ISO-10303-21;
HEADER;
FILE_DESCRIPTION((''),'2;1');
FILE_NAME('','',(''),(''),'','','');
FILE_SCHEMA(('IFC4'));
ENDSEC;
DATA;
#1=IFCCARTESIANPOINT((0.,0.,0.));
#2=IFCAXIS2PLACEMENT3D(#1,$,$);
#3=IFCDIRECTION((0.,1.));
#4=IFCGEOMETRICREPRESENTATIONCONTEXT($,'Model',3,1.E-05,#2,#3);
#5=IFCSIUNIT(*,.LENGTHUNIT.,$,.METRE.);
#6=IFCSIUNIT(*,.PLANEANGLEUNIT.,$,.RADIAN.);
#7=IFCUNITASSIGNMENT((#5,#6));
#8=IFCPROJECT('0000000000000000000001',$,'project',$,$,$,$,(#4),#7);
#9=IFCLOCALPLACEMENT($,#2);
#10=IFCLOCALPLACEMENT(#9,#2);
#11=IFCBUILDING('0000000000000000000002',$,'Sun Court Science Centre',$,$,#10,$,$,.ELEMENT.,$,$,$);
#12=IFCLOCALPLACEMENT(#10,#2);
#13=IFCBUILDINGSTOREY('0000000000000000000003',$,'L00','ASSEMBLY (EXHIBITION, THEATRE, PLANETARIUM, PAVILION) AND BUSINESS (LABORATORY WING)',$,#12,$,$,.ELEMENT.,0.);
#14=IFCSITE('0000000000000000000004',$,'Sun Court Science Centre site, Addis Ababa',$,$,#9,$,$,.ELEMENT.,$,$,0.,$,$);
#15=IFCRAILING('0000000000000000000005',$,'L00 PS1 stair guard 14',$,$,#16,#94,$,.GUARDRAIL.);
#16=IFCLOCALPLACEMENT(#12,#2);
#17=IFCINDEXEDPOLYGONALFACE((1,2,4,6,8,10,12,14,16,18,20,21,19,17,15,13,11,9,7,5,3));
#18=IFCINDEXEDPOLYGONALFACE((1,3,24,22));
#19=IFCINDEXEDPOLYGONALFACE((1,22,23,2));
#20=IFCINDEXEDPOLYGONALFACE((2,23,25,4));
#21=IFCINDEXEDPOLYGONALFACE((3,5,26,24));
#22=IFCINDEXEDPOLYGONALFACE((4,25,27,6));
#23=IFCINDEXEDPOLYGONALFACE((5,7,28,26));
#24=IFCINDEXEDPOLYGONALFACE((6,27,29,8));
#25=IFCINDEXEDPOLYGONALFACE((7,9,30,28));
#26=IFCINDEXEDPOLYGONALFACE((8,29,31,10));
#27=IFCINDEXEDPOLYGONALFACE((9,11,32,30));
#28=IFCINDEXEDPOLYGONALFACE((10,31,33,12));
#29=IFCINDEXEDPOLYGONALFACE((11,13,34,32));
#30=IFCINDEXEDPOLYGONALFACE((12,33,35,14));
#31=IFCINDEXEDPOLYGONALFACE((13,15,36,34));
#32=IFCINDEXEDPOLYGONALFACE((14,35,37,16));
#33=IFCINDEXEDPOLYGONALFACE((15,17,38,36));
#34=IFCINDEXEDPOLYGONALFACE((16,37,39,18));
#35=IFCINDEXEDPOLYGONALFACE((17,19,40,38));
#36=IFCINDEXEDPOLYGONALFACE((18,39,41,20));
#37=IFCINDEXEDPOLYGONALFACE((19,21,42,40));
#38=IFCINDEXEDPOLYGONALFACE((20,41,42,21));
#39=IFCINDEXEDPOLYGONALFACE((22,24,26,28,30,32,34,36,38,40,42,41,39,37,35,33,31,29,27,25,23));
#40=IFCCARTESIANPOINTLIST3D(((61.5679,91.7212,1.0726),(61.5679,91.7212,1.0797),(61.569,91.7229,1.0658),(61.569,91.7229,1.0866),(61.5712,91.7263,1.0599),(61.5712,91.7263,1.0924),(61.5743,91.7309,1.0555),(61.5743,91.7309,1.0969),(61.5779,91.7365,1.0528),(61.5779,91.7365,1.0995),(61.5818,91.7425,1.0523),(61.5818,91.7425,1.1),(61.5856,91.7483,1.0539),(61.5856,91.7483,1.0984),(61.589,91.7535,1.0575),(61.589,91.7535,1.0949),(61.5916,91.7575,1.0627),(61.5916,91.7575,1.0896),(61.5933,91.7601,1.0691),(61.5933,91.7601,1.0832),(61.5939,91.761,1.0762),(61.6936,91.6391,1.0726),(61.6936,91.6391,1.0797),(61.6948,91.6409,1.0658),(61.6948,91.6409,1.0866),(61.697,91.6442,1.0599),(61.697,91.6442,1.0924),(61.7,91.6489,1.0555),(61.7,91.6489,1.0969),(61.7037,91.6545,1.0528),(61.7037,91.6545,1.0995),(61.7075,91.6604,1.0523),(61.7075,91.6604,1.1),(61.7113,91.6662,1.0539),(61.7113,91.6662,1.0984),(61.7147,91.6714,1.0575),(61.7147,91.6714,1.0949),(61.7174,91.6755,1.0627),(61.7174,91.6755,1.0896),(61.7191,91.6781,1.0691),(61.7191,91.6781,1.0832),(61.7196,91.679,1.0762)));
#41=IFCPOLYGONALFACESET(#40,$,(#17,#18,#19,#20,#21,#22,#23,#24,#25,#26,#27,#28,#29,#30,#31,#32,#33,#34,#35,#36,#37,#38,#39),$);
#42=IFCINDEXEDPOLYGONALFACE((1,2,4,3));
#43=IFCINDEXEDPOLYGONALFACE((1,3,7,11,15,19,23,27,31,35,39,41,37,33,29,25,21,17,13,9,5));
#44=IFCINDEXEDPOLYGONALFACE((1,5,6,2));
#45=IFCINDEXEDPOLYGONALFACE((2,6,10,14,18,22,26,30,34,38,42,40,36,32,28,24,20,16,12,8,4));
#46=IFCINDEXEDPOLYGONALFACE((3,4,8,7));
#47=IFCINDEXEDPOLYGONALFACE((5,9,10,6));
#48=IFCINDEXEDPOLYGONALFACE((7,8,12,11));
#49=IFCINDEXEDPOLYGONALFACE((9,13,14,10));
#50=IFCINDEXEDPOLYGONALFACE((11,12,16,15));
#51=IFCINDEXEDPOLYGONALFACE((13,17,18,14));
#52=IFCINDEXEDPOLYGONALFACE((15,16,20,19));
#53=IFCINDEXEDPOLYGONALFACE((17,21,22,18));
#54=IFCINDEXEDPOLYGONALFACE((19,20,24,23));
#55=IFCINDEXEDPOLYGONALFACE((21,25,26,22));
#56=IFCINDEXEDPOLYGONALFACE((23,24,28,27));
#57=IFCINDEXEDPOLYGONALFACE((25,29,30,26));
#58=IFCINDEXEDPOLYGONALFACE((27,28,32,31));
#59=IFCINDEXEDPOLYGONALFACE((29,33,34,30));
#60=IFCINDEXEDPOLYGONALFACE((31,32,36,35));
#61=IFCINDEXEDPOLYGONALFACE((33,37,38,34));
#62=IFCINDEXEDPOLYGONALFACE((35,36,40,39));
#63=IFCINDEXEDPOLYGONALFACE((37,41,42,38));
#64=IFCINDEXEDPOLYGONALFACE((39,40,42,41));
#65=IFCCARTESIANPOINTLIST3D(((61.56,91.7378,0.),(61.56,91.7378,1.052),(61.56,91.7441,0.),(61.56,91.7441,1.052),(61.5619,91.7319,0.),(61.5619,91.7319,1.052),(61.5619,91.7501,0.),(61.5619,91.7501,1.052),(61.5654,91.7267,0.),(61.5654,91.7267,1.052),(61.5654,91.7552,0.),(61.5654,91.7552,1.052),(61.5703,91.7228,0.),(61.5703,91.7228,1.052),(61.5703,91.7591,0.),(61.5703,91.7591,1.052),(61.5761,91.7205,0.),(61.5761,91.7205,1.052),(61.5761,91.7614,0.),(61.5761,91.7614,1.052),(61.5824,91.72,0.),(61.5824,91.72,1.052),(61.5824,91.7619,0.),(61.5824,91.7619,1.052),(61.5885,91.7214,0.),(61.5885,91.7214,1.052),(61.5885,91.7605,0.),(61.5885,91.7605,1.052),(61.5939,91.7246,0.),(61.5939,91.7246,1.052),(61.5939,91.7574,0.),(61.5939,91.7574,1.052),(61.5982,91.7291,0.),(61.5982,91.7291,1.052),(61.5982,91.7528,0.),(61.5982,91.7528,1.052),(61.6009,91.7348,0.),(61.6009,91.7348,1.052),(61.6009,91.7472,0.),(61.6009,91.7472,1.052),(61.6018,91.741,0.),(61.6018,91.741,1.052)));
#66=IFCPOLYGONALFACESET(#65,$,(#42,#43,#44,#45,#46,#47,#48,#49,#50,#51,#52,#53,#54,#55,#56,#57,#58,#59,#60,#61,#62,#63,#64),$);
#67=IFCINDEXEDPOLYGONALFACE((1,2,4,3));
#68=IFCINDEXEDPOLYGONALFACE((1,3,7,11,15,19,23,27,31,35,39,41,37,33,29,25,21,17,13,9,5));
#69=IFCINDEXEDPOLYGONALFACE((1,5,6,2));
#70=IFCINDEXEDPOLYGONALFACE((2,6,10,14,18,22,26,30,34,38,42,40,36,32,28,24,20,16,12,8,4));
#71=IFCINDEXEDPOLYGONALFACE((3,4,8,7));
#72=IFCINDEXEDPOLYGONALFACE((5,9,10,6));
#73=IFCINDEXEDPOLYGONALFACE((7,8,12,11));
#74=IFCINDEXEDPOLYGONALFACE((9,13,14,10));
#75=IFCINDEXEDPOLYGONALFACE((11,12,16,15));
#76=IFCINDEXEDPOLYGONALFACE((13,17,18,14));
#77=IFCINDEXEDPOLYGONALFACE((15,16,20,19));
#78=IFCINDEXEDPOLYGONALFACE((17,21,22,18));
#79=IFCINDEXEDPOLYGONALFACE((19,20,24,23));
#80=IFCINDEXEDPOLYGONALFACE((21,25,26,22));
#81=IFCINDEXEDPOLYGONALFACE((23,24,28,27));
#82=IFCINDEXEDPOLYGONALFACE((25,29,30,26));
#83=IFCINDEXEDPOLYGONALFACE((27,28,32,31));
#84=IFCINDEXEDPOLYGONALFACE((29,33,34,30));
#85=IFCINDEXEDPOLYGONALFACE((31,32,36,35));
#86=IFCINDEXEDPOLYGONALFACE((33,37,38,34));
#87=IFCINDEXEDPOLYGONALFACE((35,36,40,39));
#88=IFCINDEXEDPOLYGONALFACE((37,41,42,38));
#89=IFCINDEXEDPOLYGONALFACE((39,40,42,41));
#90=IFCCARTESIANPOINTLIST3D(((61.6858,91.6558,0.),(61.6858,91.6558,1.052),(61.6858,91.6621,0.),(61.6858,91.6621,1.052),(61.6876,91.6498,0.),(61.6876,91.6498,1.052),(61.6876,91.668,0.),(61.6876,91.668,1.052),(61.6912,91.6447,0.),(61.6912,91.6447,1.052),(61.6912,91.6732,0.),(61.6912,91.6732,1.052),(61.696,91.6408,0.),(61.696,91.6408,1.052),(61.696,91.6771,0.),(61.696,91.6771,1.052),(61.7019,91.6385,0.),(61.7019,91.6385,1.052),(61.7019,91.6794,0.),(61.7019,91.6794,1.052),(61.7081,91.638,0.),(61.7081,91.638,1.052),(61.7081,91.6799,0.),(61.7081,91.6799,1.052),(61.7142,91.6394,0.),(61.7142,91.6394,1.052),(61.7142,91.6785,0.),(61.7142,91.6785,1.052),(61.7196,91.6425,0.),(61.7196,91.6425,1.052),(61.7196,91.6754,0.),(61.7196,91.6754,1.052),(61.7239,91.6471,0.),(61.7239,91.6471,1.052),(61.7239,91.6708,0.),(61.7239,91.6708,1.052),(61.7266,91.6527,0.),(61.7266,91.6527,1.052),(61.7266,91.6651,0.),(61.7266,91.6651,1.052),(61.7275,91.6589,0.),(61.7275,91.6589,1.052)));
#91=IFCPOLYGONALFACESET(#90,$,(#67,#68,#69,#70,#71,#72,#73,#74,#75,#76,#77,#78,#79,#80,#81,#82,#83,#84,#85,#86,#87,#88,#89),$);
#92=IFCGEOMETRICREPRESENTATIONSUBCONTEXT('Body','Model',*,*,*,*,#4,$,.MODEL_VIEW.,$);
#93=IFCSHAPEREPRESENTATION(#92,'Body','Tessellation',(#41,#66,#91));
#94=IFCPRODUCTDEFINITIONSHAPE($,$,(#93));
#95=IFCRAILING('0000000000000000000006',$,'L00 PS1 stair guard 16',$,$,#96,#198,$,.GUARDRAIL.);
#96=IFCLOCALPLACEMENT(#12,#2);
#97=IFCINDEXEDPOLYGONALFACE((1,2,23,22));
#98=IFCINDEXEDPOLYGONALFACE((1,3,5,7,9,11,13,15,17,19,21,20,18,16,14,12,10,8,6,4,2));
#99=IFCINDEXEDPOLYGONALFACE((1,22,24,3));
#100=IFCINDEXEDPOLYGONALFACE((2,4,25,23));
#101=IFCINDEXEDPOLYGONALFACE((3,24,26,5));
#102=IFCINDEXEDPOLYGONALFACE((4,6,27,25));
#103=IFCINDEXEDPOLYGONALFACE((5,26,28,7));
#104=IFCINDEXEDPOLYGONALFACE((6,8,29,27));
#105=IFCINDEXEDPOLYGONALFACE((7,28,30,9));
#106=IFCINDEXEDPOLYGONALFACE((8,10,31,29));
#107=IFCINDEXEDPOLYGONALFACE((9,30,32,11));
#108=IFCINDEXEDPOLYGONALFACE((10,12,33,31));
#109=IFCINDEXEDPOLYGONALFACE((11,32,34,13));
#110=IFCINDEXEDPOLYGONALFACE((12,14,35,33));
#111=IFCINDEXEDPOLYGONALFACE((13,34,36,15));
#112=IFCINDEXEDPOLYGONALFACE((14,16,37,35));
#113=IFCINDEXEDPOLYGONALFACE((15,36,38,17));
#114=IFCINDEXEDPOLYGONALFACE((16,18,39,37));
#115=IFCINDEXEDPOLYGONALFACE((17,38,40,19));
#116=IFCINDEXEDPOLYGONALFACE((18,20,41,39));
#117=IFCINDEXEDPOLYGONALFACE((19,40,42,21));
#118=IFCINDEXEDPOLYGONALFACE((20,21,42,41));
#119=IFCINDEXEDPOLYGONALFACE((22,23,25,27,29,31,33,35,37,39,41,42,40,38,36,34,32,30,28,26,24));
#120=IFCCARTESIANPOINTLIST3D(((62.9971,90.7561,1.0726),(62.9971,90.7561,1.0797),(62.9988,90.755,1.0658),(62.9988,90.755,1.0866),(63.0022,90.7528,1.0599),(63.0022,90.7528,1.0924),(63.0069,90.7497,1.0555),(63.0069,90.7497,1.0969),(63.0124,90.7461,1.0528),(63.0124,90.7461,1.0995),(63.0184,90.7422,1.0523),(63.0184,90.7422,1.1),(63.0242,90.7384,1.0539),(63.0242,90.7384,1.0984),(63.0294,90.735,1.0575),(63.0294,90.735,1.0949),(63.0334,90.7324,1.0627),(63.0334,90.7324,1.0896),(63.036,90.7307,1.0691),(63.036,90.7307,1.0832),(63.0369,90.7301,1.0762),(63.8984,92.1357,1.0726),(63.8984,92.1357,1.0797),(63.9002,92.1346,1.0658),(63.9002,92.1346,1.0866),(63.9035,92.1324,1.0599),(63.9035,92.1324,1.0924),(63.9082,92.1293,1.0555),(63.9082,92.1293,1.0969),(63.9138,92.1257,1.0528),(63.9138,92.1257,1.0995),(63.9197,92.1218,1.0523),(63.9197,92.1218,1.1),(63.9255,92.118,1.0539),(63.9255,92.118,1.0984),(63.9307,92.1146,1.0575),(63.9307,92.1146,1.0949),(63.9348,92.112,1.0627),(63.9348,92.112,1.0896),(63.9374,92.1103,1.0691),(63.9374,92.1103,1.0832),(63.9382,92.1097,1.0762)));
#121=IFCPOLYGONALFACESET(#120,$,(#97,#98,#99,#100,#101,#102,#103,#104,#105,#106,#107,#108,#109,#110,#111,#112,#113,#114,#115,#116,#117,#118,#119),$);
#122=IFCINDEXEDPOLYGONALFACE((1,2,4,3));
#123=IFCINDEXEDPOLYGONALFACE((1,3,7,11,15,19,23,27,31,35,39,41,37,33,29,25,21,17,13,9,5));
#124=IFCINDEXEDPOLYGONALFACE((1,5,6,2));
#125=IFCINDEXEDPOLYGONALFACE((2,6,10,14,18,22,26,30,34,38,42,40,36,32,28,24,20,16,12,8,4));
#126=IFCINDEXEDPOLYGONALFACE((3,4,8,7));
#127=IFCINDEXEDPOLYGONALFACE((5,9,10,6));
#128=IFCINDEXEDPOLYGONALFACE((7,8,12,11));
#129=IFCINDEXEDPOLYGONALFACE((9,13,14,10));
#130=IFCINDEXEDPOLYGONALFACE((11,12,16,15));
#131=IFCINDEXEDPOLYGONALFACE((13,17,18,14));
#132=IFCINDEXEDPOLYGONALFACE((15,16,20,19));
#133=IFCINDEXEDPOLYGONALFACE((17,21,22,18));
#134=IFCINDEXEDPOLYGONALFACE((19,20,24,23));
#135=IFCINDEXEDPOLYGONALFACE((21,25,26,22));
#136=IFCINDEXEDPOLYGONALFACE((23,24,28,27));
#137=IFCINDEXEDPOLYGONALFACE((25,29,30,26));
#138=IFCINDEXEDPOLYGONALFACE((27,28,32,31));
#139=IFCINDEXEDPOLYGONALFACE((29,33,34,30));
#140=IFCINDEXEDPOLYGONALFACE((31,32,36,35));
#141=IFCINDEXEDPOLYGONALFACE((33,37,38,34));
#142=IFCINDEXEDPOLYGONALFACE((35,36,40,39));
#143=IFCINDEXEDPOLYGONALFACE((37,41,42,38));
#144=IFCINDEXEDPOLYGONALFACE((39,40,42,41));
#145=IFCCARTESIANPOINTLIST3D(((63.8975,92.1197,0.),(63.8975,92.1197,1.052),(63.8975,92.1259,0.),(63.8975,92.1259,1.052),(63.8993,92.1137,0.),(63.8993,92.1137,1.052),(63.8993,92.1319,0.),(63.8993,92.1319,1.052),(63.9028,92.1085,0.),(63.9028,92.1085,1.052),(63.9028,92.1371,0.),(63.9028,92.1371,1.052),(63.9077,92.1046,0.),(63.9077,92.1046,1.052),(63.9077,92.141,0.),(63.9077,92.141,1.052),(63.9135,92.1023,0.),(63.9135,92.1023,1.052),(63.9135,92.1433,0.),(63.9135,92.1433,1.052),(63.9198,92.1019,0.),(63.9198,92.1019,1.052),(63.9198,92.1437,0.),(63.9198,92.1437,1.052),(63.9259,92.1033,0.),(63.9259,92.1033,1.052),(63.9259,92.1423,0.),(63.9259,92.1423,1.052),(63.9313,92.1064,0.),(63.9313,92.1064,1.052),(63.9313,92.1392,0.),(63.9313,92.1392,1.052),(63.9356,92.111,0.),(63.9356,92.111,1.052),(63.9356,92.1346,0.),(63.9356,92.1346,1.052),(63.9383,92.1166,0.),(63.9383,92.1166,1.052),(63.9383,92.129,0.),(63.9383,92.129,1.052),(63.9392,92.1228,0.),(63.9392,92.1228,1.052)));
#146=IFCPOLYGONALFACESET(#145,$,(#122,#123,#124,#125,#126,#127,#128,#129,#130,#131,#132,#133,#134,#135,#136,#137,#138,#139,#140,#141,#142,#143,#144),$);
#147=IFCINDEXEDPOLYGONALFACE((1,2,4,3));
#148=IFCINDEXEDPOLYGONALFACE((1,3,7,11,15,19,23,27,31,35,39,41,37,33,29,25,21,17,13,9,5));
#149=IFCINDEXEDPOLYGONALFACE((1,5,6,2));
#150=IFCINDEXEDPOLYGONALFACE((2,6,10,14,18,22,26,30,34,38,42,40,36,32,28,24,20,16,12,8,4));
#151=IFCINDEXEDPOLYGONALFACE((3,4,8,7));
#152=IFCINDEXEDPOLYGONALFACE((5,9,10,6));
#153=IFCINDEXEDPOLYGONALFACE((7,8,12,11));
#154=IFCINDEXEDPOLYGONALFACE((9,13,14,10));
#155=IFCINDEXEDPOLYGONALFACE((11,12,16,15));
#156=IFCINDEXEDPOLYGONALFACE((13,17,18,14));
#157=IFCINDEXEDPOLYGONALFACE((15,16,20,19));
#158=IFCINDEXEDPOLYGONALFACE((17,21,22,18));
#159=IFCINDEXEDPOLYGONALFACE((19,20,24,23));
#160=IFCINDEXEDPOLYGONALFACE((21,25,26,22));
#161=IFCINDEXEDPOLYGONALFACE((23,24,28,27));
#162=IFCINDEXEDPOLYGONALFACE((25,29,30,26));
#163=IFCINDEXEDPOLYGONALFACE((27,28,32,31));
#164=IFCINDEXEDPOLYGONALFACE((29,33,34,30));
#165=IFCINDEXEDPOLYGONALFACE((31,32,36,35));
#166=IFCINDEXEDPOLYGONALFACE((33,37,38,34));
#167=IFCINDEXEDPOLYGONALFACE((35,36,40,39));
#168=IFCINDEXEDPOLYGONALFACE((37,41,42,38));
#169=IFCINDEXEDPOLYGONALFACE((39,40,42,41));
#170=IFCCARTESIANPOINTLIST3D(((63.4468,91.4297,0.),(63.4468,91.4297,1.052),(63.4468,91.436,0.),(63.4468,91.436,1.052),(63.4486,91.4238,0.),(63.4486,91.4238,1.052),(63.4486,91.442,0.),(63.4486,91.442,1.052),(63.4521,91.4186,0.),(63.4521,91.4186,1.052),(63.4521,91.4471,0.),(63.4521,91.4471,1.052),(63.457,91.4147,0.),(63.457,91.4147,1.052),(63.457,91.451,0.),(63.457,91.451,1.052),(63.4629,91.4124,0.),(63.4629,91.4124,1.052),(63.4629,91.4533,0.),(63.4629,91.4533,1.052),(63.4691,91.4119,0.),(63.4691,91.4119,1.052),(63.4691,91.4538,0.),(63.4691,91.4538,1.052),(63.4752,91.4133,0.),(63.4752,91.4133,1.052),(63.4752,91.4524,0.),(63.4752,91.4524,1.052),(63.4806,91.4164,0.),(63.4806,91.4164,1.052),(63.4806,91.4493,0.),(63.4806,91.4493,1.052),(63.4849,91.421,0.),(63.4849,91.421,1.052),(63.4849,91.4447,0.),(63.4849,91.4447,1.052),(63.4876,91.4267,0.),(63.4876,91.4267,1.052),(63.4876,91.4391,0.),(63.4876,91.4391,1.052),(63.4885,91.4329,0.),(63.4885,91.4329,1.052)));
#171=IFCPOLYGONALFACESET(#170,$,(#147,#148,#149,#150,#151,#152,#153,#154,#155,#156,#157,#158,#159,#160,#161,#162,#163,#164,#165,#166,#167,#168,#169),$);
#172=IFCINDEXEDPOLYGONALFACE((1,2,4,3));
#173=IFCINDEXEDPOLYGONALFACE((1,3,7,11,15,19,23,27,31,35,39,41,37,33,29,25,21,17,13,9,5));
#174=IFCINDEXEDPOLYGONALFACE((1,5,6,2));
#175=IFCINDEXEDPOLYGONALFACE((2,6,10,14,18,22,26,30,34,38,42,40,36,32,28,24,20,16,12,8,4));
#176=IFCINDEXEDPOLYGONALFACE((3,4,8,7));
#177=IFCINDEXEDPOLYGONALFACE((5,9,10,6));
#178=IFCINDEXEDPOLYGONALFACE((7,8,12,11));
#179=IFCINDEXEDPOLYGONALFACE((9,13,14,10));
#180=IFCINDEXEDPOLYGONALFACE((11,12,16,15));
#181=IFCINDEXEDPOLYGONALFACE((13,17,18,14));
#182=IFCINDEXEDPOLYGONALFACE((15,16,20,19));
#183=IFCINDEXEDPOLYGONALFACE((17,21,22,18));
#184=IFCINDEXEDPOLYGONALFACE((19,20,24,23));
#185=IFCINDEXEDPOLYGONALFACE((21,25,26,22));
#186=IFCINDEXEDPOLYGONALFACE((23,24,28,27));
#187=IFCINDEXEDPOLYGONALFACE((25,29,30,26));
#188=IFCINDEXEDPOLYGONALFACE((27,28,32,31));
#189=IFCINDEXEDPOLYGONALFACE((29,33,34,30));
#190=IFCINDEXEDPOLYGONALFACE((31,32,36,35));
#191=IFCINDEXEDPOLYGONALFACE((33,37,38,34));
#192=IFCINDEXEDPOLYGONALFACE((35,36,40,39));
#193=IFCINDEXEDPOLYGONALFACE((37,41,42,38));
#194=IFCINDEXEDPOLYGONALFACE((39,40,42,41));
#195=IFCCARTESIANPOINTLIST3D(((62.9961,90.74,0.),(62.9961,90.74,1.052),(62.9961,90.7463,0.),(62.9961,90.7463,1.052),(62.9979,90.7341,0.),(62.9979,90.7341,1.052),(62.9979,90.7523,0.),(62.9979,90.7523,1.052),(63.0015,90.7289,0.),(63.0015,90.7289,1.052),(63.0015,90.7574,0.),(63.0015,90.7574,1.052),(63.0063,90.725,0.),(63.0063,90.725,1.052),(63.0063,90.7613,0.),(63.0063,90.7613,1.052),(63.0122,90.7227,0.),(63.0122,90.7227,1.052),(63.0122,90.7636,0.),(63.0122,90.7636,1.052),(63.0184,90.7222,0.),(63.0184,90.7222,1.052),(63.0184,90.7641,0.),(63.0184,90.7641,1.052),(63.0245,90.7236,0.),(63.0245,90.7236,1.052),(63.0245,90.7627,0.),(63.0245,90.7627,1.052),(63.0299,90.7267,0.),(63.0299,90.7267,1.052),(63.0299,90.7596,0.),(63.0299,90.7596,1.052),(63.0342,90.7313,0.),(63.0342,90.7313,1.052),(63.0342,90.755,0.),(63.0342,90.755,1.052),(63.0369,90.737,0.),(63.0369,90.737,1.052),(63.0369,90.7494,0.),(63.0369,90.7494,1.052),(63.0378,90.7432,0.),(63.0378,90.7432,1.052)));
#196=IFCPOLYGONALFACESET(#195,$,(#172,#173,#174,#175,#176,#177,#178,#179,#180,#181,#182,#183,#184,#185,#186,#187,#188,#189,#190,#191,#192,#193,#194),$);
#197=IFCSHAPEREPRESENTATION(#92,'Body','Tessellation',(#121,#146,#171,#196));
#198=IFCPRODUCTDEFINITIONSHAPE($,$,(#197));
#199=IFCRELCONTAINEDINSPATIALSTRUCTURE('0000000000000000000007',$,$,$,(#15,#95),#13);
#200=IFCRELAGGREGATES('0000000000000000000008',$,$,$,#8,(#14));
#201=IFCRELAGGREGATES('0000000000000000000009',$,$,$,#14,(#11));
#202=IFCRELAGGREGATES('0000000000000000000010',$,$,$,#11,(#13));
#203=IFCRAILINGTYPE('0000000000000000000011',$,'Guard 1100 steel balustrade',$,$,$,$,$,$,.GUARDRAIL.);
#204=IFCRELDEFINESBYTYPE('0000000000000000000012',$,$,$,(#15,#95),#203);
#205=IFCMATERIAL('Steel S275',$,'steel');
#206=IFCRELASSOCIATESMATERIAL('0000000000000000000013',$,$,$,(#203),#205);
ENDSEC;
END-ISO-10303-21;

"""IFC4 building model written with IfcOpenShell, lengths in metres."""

from ifc_helpers import new_model, si_unit, direction, frame, origin, origin_2d, place, context, subcontext, project, spatial, circle, extrude, material, type_object, element, save


model = new_model("IFC4")

# Units and contexts
model_context = context("Model", 3, precision=1e-05, world=origin(), true_north=direction((0.0, 1.0)))
body_context = subcontext(model_context, "Body", "Model", "MODEL_VIEW")
ifc_project = project(units=[si_unit("LENGTHUNIT", "METRE"), si_unit("PLANEANGLEUNIT", "RADIAN")], contexts=[model_context])

# Site, building, storey
site_placement = place(None, origin())
site = spatial("IfcSite", under=ifc_project, at=site_placement, Name="Sun Court Science Centre site, Addis Ababa", CompositionType="ELEMENT", RefElevation=0.0)
building_placement = place(site_placement, origin())
building = spatial("IfcBuilding", under=site, at=building_placement, Name="Sun Court Science Centre", CompositionType="ELEMENT")
storey_placement = place(building_placement, origin())
storey = spatial("IfcBuildingStorey", under=building, at=storey_placement, Name="L00", Description="ASSEMBLY (EXHIBITION, THEATRE, PLANETARIUM, PAVILION) AND BUSINESS (LABORATORY WING)", CompositionType="ELEMENT", Elevation=0.0)

# Railings
ifc_material_1 = material(Name="Steel S275", Category="steel")
railing_type_1 = type_object("IfcRailingType", Name="Guard 1100 steel balustrade", PredefinedType="GUARDRAIL", material=ifc_material_1)
railing_1_placement = place(storey_placement, frame((61.5808, 91.741, 0.0)))
element("IfcRailing", 1, at=railing_1_placement, inside=storey, type_object=railing_type_1, Name="L00 PS1 stair guard 14", PredefinedType="GUARDRAIL", context=body_context, shape_type="SweptSolid", body=[
    extrude(circle(Radius=0.0239, at=origin_2d()), frame((0.0, 0.0, 1.0762), z_axis=(0.837514, -0.546417, 0.0), x_axis=(0.546417, 0.837514, 0.0)), (0.0, 0.0, 1.0), 0.1501),
    extrude(circle(Radius=0.021, at=origin_2d()), origin(), (0.0, 0.0, 1.0), 1.052),
    extrude(circle(Radius=0.021, at=origin_2d()), frame((0.1257, -0.082, 0.0)), (0.0, 0.0, 1.0), 1.052),
])
railing_2_placement = place(storey_placement, frame((63.9182, 92.1228, 0.0)))
element("IfcRailing", 2, at=railing_2_placement, inside=storey, type_object=railing_type_1, Name="L00 PS1 stair guard 16", PredefinedType="GUARDRAIL", context=body_context, shape_type="SweptSolid", body=[
    extrude(circle(Radius=0.0239, at=origin_2d()), frame((0.0, 0.0, 1.0762), z_axis=(-0.54695, -0.837165, 0.0), x_axis=(0.837165, -0.54695, 0.0)), (0.0, 0.0, 1.0), 1.6479),
    extrude(circle(Radius=0.021, at=origin_2d()), origin(), (0.0, 0.0, 1.0), 1.052),
    extrude(circle(Radius=0.021, at=origin_2d()), frame((-0.4507, -0.6899, 0.0)), (0.0, 0.0, 1.0), 1.052),
    extrude(circle(Radius=0.021, at=origin_2d()), frame((-0.9014, -1.3796, 0.0)), (0.0, 0.0, 1.0), 1.052),
])

save(model, "model.ifc")
